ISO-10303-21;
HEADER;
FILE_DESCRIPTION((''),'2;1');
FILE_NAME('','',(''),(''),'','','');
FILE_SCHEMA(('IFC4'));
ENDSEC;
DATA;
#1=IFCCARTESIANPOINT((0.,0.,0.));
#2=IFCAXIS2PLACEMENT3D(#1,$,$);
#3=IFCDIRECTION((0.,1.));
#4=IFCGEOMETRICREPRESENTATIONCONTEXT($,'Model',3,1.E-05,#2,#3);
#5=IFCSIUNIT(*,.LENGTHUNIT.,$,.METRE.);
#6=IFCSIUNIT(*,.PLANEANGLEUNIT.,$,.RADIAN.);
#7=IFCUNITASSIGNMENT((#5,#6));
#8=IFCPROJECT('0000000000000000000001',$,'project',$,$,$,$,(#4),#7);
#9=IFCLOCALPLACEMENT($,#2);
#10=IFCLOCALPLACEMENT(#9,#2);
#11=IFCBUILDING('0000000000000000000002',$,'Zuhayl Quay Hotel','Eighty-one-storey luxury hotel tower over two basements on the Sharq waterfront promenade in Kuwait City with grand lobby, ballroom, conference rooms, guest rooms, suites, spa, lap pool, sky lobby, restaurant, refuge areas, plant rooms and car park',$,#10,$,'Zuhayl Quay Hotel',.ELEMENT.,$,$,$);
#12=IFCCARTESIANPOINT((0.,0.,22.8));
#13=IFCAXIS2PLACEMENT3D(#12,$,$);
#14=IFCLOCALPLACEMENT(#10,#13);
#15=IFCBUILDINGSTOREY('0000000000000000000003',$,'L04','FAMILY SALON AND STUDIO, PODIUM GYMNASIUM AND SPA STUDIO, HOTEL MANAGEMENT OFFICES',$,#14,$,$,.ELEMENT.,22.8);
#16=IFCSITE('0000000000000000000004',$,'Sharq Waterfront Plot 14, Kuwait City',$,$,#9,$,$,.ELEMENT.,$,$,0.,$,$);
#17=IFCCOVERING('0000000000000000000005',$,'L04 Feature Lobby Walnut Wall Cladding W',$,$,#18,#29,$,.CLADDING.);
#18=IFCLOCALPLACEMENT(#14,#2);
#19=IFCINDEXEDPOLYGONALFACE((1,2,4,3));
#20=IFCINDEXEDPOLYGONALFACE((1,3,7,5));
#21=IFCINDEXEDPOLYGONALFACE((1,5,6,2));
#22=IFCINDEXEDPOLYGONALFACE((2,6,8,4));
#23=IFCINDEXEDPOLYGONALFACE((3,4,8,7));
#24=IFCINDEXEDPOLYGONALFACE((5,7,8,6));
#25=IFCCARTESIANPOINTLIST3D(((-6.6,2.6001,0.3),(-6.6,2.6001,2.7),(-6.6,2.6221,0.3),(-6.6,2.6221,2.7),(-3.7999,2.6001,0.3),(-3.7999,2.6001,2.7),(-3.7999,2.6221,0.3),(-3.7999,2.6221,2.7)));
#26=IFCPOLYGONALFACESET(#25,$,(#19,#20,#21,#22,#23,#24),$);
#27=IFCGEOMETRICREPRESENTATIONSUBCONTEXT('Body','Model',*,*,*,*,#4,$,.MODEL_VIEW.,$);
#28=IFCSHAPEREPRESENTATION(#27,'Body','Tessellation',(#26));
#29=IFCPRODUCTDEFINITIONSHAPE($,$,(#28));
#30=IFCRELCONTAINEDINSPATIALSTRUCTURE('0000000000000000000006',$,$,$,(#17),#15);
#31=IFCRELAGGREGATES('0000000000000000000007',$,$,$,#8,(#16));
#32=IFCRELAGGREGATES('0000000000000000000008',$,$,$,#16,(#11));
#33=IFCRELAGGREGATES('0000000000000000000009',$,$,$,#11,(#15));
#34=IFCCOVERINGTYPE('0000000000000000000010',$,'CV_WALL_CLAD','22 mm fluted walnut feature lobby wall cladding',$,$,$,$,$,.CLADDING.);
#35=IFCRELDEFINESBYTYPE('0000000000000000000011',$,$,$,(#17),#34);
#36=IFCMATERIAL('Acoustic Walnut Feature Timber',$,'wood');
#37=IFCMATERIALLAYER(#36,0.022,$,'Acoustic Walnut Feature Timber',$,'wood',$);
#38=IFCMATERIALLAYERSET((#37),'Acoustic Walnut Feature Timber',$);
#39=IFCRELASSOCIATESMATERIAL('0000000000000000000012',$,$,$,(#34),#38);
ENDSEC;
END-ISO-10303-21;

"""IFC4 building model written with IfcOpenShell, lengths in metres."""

from ifc_helpers import new_model, si_unit, direction, frame, origin, origin_2d, place, context, subcontext, project, spatial, rectangle, extrude, material, layer, layer_set, type_object, element, save


model = new_model("IFC4")

# Units and contexts
model_context = context("Model", 3, precision=1e-05, world=origin(), true_north=direction((0.0, 1.0)))
body_context = subcontext(model_context, "Body", "Model", "MODEL_VIEW")
ifc_project = project(units=[si_unit("LENGTHUNIT", "METRE"), si_unit("PLANEANGLEUNIT", "RADIAN")], contexts=[model_context])

# Site, building, storey
site_placement = place(None, origin())
site = spatial("IfcSite", under=ifc_project, at=site_placement, Name="Sharq Waterfront Plot 14, Kuwait City", CompositionType="ELEMENT", RefElevation=0.0)
building_placement = place(site_placement, origin())
building = spatial("IfcBuilding", under=site, at=building_placement, Name="Zuhayl Quay Hotel", Description="Eighty-one-storey luxury hotel tower over two basements on the Sharq waterfront promenade in Kuwait City with grand lobby, ballroom, conference rooms, guest rooms, suites, spa, lap pool, sky lobby, restaurant, refuge areas, plant rooms and car park", LongName="Zuhayl Quay Hotel", CompositionType="ELEMENT")
storey_placement = place(building_placement, frame((0.0, 0.0, 22.8)))
storey = spatial("IfcBuildingStorey", under=building, at=storey_placement, Name="L04", Description="FAMILY SALON AND STUDIO, PODIUM GYMNASIUM AND SPA STUDIO, HOTEL MANAGEMENT OFFICES", CompositionType="ELEMENT", Elevation=22.8)

# Covering
ifc_material_1 = material(Name="Acoustic Walnut Feature Timber", Category="wood")
ifc_layer_1 = layer(ifc_material_1, 0.022, Name="Acoustic Walnut Feature Timber", Category="wood")
ifc_layer_set_1 = layer_set([ifc_layer_1], Name="Acoustic Walnut Feature Timber")
covering_type = type_object("IfcCoveringType", Name="CV_WALL_CLAD", Description="22 mm fluted walnut feature lobby wall cladding", PredefinedType="CLADDING", material=ifc_layer_set_1)
covering_placement = place(storey_placement, frame((-5.2, 2.6111, 0.3), z_axis=(0.0, 0.0, 1.0), x_axis=(1.0, 0.0, 0.0)))
element("IfcCovering", 1, at=covering_placement, inside=storey, type_object=covering_type, Name="L04 Feature Lobby Walnut Wall Cladding W", PredefinedType="CLADDING", context=body_context, shape_type="SweptSolid", body=[
    extrude(rectangle(XDim=2.8, YDim=0.022, at=origin_2d()), origin(), (0.0, 0.0, 1.0), 2.3999),
])

save(model, "model.ifc")
